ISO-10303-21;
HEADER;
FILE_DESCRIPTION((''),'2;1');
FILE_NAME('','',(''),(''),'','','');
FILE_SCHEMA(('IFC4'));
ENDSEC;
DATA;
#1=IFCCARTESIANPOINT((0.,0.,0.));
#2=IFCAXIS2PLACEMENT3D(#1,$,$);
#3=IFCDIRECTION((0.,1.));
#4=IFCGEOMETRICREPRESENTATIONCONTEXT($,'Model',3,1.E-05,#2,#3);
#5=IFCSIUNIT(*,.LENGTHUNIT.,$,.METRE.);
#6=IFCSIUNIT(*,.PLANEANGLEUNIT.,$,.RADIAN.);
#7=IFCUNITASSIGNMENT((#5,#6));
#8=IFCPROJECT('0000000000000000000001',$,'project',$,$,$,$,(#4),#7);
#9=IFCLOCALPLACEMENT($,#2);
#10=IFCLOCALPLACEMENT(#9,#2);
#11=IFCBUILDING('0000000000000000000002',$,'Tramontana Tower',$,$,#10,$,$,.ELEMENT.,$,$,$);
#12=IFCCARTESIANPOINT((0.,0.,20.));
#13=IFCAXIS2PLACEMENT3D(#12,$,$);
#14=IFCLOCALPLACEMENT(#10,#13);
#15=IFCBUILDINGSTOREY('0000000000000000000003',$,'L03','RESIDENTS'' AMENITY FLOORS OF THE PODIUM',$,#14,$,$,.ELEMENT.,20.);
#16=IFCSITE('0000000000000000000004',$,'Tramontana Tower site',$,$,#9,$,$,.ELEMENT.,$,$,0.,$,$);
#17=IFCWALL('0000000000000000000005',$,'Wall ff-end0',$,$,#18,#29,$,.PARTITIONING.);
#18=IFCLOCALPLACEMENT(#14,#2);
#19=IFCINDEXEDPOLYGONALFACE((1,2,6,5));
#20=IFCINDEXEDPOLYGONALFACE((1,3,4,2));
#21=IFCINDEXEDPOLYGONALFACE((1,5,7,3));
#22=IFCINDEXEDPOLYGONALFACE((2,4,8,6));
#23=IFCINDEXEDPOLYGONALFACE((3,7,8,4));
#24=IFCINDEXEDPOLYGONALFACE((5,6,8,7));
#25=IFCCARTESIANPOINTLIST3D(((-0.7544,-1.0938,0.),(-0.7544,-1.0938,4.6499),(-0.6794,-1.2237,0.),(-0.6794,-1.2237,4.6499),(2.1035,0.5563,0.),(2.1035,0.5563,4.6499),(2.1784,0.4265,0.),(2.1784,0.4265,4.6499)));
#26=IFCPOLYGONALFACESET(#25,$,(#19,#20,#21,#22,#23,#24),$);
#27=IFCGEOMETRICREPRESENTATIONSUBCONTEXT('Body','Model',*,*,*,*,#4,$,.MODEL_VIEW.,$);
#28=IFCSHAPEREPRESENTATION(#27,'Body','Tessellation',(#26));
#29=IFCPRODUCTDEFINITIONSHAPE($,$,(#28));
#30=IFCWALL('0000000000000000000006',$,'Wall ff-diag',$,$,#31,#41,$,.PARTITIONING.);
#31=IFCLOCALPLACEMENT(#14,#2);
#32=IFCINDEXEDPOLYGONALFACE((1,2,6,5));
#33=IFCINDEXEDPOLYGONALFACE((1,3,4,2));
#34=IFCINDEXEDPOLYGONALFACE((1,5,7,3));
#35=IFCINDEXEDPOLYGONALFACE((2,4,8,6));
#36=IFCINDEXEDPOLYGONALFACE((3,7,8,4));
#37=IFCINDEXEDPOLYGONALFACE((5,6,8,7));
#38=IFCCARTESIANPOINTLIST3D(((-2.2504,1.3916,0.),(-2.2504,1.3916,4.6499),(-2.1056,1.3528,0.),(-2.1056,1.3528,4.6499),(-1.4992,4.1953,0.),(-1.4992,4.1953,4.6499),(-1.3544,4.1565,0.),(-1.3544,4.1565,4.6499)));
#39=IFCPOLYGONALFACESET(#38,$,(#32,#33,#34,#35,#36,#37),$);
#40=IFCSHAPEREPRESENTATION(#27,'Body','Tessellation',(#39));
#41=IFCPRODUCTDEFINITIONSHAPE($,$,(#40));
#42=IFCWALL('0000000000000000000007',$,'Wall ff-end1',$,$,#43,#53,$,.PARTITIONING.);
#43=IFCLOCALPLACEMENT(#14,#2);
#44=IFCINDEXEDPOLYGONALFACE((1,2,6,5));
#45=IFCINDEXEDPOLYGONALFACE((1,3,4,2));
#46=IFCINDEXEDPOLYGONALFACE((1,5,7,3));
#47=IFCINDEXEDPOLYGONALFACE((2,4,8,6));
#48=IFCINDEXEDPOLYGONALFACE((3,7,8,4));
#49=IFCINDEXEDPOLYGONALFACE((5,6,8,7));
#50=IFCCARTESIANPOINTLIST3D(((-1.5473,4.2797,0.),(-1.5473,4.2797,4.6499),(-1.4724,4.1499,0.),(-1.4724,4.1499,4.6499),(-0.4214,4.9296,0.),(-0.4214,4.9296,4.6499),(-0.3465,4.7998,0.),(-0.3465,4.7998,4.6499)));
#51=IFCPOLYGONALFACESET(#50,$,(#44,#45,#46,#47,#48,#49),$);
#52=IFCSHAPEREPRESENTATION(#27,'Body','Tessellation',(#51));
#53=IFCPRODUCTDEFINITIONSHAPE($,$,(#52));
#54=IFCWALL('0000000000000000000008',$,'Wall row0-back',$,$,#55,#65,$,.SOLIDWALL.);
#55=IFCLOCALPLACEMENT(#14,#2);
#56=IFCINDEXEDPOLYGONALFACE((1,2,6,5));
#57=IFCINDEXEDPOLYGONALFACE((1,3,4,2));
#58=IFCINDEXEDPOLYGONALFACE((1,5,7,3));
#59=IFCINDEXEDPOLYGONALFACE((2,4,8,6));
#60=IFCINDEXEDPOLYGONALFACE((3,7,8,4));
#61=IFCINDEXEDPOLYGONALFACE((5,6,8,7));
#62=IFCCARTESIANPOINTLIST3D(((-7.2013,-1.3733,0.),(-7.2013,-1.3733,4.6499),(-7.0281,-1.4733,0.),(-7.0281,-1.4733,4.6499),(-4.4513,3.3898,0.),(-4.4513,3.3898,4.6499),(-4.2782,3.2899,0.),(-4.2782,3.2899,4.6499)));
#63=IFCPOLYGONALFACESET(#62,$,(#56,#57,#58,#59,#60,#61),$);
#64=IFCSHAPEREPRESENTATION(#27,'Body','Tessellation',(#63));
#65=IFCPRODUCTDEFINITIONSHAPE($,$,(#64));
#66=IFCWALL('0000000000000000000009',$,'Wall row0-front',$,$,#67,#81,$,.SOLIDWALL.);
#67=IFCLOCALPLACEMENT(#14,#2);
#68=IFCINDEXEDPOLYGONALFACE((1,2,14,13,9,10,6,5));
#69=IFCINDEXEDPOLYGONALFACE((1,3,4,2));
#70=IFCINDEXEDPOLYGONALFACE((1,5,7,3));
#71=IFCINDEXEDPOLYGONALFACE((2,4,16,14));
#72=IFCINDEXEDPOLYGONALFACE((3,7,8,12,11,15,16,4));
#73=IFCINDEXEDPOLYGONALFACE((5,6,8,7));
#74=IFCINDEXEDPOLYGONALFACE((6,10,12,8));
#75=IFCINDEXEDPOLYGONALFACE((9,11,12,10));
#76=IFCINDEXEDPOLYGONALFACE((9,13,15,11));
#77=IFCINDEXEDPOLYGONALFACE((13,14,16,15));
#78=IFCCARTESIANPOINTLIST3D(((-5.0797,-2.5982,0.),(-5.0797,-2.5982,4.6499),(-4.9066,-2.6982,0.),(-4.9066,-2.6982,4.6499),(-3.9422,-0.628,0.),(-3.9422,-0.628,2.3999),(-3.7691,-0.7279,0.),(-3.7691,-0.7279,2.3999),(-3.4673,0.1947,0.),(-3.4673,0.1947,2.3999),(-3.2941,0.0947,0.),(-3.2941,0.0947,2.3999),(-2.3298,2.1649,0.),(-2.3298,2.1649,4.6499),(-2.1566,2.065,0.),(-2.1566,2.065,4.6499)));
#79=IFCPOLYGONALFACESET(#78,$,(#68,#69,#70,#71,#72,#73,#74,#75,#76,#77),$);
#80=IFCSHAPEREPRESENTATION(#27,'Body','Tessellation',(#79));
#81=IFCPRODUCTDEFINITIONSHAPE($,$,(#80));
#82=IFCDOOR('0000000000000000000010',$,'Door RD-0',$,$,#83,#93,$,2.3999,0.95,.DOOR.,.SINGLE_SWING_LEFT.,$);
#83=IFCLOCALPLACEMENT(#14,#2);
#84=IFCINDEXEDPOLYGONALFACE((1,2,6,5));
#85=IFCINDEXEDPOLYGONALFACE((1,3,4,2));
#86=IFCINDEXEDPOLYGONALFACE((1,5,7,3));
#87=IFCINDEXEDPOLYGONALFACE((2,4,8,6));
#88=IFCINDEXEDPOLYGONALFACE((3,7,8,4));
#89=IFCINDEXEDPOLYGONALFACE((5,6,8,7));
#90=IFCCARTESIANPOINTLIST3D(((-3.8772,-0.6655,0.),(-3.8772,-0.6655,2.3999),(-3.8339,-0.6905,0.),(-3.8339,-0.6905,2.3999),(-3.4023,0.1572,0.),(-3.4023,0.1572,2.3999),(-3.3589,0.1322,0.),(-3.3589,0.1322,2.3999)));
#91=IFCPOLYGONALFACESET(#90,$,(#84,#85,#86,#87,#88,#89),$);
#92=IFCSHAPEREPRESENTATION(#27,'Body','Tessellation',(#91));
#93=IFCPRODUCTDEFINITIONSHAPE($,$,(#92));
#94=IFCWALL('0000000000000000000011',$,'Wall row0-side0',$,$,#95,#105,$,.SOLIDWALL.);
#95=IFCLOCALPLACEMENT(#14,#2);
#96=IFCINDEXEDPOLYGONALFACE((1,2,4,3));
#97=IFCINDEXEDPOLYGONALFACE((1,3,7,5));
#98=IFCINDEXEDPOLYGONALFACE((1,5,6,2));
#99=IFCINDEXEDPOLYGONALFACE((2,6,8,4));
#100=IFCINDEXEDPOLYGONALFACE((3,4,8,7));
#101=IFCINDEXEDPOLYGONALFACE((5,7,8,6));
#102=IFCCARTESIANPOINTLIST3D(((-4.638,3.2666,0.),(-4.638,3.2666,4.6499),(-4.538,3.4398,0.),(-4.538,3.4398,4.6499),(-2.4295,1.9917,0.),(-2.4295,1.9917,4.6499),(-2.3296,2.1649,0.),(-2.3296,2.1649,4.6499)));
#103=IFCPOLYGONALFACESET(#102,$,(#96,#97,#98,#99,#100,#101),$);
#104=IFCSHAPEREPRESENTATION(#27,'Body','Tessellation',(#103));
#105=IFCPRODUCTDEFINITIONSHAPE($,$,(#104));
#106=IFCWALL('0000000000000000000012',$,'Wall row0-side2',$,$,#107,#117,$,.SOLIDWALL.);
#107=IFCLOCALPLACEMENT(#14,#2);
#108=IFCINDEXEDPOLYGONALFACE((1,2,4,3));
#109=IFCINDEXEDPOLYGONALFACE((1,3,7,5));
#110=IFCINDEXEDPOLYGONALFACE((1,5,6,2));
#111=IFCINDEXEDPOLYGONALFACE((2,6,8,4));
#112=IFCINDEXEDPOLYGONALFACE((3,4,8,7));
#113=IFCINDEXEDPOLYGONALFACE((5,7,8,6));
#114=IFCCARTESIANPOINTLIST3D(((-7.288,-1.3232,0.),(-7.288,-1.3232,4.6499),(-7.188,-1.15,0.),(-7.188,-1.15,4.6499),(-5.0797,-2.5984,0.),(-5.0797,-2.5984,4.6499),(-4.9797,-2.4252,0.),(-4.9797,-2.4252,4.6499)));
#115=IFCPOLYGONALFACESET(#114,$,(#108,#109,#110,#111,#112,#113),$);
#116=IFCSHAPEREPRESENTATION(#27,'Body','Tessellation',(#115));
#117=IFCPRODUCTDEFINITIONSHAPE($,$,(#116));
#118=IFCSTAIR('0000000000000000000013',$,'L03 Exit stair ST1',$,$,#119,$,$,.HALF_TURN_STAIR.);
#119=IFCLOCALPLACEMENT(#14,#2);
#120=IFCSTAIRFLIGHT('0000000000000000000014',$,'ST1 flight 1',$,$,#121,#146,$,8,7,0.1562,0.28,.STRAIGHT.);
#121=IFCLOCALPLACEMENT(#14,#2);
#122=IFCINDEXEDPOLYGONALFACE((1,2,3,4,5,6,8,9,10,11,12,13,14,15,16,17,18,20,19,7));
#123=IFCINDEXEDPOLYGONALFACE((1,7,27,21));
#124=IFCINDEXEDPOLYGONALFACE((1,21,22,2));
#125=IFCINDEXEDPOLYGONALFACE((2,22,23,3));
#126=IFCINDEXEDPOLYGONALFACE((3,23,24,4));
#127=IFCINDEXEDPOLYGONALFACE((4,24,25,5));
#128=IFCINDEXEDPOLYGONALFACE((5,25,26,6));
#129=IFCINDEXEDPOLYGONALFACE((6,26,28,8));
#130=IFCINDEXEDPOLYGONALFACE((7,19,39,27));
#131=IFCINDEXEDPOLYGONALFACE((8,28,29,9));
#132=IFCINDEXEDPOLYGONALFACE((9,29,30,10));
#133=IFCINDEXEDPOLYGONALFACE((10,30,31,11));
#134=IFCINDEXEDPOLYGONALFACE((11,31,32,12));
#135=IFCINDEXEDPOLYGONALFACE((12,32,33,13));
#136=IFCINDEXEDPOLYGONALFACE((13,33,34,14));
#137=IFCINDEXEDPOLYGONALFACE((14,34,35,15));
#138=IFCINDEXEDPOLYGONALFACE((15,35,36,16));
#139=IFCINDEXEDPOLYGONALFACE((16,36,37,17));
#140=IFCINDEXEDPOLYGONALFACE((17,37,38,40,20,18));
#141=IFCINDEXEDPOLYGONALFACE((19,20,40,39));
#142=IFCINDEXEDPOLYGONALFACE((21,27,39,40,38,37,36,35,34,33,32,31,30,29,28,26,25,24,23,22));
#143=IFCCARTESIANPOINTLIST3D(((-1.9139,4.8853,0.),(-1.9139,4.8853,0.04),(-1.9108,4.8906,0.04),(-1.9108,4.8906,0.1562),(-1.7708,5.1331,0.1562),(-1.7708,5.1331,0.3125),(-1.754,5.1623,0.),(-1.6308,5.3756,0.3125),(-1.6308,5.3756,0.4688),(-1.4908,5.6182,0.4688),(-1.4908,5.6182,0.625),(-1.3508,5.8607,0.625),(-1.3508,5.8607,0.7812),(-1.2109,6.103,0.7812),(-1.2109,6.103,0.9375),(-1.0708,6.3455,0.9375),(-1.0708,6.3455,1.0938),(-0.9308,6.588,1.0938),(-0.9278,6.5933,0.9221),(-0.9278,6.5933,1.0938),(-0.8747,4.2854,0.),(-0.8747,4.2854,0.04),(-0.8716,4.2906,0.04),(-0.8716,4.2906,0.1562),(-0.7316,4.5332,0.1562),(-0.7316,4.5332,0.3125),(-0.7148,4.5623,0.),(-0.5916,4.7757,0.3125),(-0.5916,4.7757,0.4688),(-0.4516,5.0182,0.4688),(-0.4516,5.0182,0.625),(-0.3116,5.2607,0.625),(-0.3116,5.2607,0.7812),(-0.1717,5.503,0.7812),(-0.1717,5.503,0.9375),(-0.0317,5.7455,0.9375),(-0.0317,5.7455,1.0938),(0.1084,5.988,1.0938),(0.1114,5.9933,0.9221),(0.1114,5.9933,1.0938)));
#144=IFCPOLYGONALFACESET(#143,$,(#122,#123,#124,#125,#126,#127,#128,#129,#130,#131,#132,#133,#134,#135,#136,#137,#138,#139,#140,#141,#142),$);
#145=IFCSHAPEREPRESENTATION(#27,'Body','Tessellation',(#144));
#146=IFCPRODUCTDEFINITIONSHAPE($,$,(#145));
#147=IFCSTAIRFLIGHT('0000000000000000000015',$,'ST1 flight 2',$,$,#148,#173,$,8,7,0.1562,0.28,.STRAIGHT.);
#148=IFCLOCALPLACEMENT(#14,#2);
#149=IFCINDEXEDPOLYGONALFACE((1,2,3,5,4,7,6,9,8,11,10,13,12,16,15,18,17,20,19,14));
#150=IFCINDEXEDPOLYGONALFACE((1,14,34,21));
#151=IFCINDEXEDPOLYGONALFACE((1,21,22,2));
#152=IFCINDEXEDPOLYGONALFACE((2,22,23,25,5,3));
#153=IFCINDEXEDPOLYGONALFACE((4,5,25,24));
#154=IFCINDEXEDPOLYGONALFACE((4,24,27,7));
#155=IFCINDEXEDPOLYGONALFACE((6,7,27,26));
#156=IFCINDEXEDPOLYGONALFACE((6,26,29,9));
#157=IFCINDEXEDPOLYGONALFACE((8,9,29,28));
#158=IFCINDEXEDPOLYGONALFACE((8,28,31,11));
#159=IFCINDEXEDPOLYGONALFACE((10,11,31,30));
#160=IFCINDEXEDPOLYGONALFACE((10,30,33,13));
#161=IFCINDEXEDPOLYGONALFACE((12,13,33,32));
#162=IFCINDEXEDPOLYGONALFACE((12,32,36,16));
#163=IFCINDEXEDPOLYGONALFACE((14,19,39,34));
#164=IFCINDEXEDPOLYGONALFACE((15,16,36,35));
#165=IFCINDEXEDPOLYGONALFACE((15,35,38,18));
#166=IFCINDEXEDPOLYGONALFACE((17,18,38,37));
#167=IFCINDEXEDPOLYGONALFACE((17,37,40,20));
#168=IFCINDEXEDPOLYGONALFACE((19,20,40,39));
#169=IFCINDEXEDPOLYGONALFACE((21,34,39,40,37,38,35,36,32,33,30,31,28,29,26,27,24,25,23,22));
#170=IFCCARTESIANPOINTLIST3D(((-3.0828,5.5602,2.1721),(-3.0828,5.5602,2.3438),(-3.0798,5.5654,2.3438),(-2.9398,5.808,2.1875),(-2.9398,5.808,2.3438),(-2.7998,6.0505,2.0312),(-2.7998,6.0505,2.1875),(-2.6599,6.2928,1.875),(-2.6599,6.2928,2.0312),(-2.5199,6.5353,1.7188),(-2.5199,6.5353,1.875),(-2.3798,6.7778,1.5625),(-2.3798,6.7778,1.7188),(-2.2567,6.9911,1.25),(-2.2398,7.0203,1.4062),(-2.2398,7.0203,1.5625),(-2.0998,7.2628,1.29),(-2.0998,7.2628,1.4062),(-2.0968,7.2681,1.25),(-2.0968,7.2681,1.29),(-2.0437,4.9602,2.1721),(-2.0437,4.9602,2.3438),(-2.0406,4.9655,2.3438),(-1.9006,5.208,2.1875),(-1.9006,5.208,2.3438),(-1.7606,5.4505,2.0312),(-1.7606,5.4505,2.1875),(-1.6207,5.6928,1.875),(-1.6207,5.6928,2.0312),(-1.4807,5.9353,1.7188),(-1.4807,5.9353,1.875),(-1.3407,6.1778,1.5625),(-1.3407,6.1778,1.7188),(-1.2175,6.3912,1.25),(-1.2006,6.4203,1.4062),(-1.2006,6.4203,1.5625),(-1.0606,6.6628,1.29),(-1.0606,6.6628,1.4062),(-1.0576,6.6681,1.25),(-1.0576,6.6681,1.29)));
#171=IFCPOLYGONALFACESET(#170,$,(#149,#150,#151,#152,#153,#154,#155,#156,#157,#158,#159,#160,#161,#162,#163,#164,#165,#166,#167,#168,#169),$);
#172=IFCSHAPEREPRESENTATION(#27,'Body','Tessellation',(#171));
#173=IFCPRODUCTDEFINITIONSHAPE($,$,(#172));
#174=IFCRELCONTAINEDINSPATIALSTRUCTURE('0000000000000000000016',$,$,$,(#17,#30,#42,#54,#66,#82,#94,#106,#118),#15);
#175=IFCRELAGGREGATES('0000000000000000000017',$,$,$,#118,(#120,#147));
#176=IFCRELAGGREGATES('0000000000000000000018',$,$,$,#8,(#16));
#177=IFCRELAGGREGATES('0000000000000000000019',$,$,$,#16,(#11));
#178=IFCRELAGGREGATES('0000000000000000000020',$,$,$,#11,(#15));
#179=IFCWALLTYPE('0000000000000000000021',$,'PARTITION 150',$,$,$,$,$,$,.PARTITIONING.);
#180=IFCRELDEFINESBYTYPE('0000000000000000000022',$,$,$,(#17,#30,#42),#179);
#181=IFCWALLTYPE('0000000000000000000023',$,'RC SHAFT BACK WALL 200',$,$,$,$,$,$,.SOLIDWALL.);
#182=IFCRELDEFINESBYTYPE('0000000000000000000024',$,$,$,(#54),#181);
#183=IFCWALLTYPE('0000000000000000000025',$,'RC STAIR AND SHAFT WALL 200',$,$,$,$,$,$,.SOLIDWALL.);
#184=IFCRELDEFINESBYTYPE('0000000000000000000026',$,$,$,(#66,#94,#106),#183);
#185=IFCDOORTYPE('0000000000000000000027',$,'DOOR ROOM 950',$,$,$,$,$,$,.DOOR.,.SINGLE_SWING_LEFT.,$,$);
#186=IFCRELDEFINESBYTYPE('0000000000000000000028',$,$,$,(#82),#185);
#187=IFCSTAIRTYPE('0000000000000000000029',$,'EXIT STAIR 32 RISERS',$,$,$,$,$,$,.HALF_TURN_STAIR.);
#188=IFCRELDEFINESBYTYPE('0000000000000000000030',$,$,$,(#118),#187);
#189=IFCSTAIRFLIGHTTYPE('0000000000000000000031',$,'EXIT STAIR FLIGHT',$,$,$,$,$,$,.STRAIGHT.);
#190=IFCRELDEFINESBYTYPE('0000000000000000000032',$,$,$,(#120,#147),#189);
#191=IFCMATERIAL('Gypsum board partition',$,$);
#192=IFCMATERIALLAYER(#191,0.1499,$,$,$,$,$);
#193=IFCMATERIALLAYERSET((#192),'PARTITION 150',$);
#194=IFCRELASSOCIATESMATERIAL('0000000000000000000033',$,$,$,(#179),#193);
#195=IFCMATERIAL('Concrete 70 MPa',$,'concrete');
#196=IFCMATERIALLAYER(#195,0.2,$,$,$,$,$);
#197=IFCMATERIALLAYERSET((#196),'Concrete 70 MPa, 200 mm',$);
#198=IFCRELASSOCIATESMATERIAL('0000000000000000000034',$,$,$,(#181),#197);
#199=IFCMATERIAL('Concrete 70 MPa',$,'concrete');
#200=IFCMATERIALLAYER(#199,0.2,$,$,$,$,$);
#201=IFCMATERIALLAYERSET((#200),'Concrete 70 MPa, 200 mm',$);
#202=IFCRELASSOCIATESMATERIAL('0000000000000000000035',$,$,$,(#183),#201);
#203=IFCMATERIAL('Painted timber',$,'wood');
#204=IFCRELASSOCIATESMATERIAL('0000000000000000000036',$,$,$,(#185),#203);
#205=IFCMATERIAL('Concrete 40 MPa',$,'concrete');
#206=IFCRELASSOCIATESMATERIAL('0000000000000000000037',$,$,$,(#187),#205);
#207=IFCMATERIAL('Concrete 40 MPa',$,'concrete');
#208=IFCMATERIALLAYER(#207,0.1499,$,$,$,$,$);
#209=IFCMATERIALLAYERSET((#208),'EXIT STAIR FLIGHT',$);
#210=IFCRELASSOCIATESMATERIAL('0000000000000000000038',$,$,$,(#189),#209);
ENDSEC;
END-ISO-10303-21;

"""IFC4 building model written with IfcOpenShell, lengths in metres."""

from ifc_helpers import new_model, si_unit, direction, frame, frame_2d, origin, place, context, subcontext, project, spatial, polyline, rectangle, outline, extrude, material, layer, layer_set, type_object, element, fill, aggregate, save


model = new_model("IFC4")

# Units and contexts
model_context = context("Model", 3, precision=1e-05, world=origin(), true_north=direction((0.0, 1.0)))
body_context = subcontext(model_context, "Body", "Model", "MODEL_VIEW")
ifc_project = project(units=[si_unit("LENGTHUNIT", "METRE"), si_unit("PLANEANGLEUNIT", "RADIAN")], contexts=[model_context])

# Site, building, storey
site_placement = place(None, origin())
site = spatial("IfcSite", under=ifc_project, at=site_placement, Name="Tramontana Tower site", CompositionType="ELEMENT", RefElevation=0.0)
building_placement = place(site_placement, origin())
building = spatial("IfcBuilding", under=site, at=building_placement, Name="Tramontana Tower", CompositionType="ELEMENT")
storey_placement = place(building_placement, frame((0.0, 0.0, 20.0)))
storey = spatial("IfcBuildingStorey", under=building, at=storey_placement, Name="L03", Description="RESIDENTS' AMENITY FLOORS OF THE PODIUM", CompositionType="ELEMENT", Elevation=20.0)

# Shared definitions
ifc_material_1 = material(Name="Gypsum board partition")
ifc_layer_1 = layer(ifc_material_1, 0.1499)
ifc_layer_set_1 = layer_set([ifc_layer_1], Name="PARTITION 150")
wall_type_1 = type_object("IfcWallType", Name="PARTITION 150", PredefinedType="PARTITIONING", material=ifc_layer_set_1)

# Walls
wall_1_placement = place(storey_placement, frame((-0.7168, -1.1587, 0.0), z_axis=(0.0, 0.0, 1.0), x_axis=(0.866008, 0.50003, 0.0)))
element("IfcWall", 1, at=wall_1_placement, inside=storey, type_object=wall_type_1, Name="Wall ff-end0", PredefinedType="PARTITIONING", context=body_context, shape_type="SweptSolid", body=[
    extrude(rectangle(XDim=3.3, YDim=0.1499, at=frame_2d((1.6499, 0.0))), origin(), (0.0, 0.0, 1.0), 4.6499),
])
wall_2_placement = place(storey_placement, frame((-2.178, 1.3723, 0.0), z_axis=(0.0, 0.0, 1.0), x_axis=(0.258809, 0.965929, 0.0)))
element("IfcWall", 2, at=wall_2_placement, inside=storey, type_object=wall_type_1, Name="Wall ff-diag", PredefinedType="PARTITIONING", context=body_context, shape_type="SweptSolid", body=[
    extrude(rectangle(XDim=2.9026, YDim=0.1499, at=frame_2d((1.4512, 0.0))), origin(), (0.0, 0.0, 1.0), 4.6499),
])
wall_3_placement = place(storey_placement, frame((-1.5098, 4.2148, 0.0), z_axis=(0.0, 0.0, 1.0), x_axis=(0.866086, 0.499896, 0.0)))
element("IfcWall", 3, at=wall_3_placement, inside=storey, type_object=wall_type_1, Name="Wall ff-end1", PredefinedType="PARTITIONING", context=body_context, shape_type="SweptSolid", body=[
    extrude(rectangle(XDim=1.3, YDim=0.1499, at=frame_2d((0.6499, 0.0))), origin(), (0.0, 0.0, 1.0), 4.6499),
])
ifc_material_2 = material(Name="Concrete 70 MPa", Category="concrete")
ifc_layer_2 = layer(ifc_material_2, 0.2)
ifc_layer_set_2 = layer_set([ifc_layer_2], Name="Concrete 70 MPa, 200 mm")
wall_type_2 = type_object("IfcWallType", Name="RC SHAFT BACK WALL 200", PredefinedType="SOLIDWALL", material=ifc_layer_set_2)
wall_4_placement = place(storey_placement, frame((-4.3647, 3.3398, 0.0), z_axis=(0.0, 0.0, 1.0), x_axis=(-0.499997, -0.866027, 0.0)))
element("IfcWall", 4, at=wall_4_placement, inside=storey, type_object=wall_type_2, Name="Wall row0-back", PredefinedType="SOLIDWALL", context=body_context, shape_type="SweptSolid", body=[
    extrude(rectangle(XDim=5.5, YDim=0.2, at=frame_2d((2.75, 0.0))), origin(), (0.0, 0.0, 1.0), 4.6499),
])

# Wall, opening, door
ifc_material_3 = material(Name="Concrete 70 MPa", Category="concrete")
ifc_layer_3 = layer(ifc_material_3, 0.2)
ifc_layer_set_3 = layer_set([ifc_layer_3], Name="Concrete 70 MPa, 200 mm")
wall_type_3 = type_object("IfcWallType", Name="RC STAIR AND SHAFT WALL 200", PredefinedType="SOLIDWALL", material=ifc_layer_set_3)
wall_5_placement = place(storey_placement, frame((-4.9932, -2.6482, 0.0), z_axis=(0.0, 0.0, 1.0), x_axis=(0.499997, 0.866027, 0.0)))
wall_5 = element("IfcWall", 5, at=wall_5_placement, inside=storey, type_object=wall_type_3, Name="Wall row0-front", PredefinedType="SOLIDWALL", context=body_context, shape_type="SweptSolid", body=[
    extrude(rectangle(XDim=5.5, YDim=0.2, at=frame_2d((2.75, 0.0))), origin(), (0.0, 0.0, 1.0), 4.6499),
])
opening_1_placement = place(wall_5_placement, frame((2.2749, 0.0, 0.0)))
opening_1 = element("IfcOpeningElement", 6, at=opening_1_placement, cuts=wall_5, PredefinedType="OPENING", context=body_context, shape_type="SweptSolid", body=[
    extrude(rectangle(XDim=0.95, YDim=2.3999, at=frame_2d((0.4751, 1.2))), frame((0.0, 0.1099, 0.0), z_axis=(0.0, -1.0, 0.0), x_axis=(1.0, 0.0, 0.0)), (0.0, 0.0, 1.0), 0.22),
])
ifc_material_4 = material(Name="Painted timber", Category="wood")
door_type_1 = type_object("IfcDoorType", Name="DOOR ROOM 950", OperationType="SINGLE_SWING_LEFT", PredefinedType="DOOR", material=ifc_material_4)
door_1_placement = place(opening_1_placement, origin())
door_1 = element("IfcDoor", 7, at=door_1_placement, inside=storey, type_object=door_type_1, Name="Door RD-0", OperationType="SINGLE_SWING_LEFT", OverallHeight=2.3999, OverallWidth=0.95, PredefinedType="DOOR", context=body_context, shape_type="SweptSolid", body=[
    extrude(rectangle(XDim=0.95, YDim=2.3999, at=frame_2d((0.4751, 1.2))), frame((0.0, 0.0249, 0.0), z_axis=(0.0, -1.0, 0.0), x_axis=(1.0, 0.0, 0.0)), (0.0, 0.0, 1.0), 0.05),
])
fill(opening_1, door_1)

# Walls
for number, where, z_axis, x_axis, name in (
    (8, (-2.3796, 2.0784, 0.0), (0.0, 0.0, 1.0), (-0.866055, 0.499949, 0.0), "Wall row0-side0"),
    (9, (-5.0298, -2.5117, 0.0), (0.0, 0.0, 1.0), (-0.865989, 0.500062, 0.0), "Wall row0-side2"),
):
    element("IfcWall", number, at=place(storey_placement, frame(where, z_axis=z_axis, x_axis=x_axis)), inside=storey, type_object=wall_type_3, Name=name, PredefinedType="SOLIDWALL", context=body_context, shape_type="SweptSolid", body=[
        extrude(rectangle(XDim=2.55, YDim=0.2, at=frame_2d((1.2749, 0.0))), origin(), (0.0, 0.0, 1.0), 4.6499),
    ])

# Stair, stair flights
ifc_material_5 = material(Name="Concrete 40 MPa", Category="concrete")
stair_type = type_object("IfcStairType", Name="EXIT STAIR 32 RISERS", PredefinedType="HALF_TURN_STAIR", material=ifc_material_5)
stair_placement = place(storey_placement, origin())
stair = element("IfcStair", 10, at=stair_placement, inside=storey, type_object=stair_type, Name="L03 Exit stair ST1", PredefinedType="HALF_TURN_STAIR")
ifc_material_6 = material(Name="Concrete 40 MPa", Category="concrete")
ifc_layer_4 = layer(ifc_material_6, 0.1499)
ifc_layer_set_4 = layer_set([ifc_layer_4], Name="EXIT STAIR FLIGHT")
stair_flight_type = type_object("IfcStairFlightType", Name="EXIT STAIR FLIGHT", PredefinedType="STRAIGHT", material=ifc_layer_set_4)
stair_flight_1_placement = place(storey_placement, frame((-1.3911, 4.5906, 0.0), z_axis=(0.0, 0.0, 1.0), x_axis=(0.5, 0.866025, 0.0)))
stair_flight_1 = element("IfcStairFlight", 11, at=stair_flight_1_placement, type_object=stair_flight_type, Name="ST1 flight 1", NumberOfRisers=8, NumberOfTreads=7, PredefinedType="STRAIGHT", RiserHeight=0.1562, TreadLength=0.28, context=body_context, shape_type="SweptSolid", body=[
    extrude(outline(polyline([(-0.0061, 0.0), (-0.0061, 0.04), (0.0, 0.04), (0.0, 0.1562), (0.28, 0.1562), (0.28, 0.3125), (0.5601, 0.3125), (0.5601, 0.4688), (0.8401, 0.4688), (0.8401, 0.625), (1.1201, 0.625), (1.1201, 0.7812), (1.3999, 0.7812), (1.3999, 0.9375), (1.6799, 0.9375), (1.6799, 1.0938), (1.96, 1.0938), (1.9661, 1.0938), (1.9661, 0.9221), (0.3137, 0.0), (-0.0061, 0.0)])), frame((0.0, 0.6001, 0.0), z_axis=(0.0, -1.0, 0.0), x_axis=(1.0, 0.0, 0.0)), (0.0, 0.0, 1.0), 1.2),
])
stair_flight_2_placement = place(storey_placement, frame((-1.5803, 6.9629, 1.25), z_axis=(0.0, 0.0, 1.0), x_axis=(-0.5, -0.866025, 0.0)))
stair_flight_2 = element("IfcStairFlight", 12, at=stair_flight_2_placement, type_object=stair_flight_type, Name="ST1 flight 2", NumberOfRisers=8, NumberOfTreads=7, PredefinedType="STRAIGHT", RiserHeight=0.1562, TreadLength=0.28, context=body_context, shape_type="SweptSolid", body=[
    extrude(outline(polyline([(-0.0061, 0.0), (-0.0061, 0.04), (0.0, 0.04), (0.0, 0.1562), (0.28, 0.1562), (0.28, 0.3125), (0.5601, 0.3125), (0.5601, 0.4688), (0.8401, 0.4688), (0.8401, 0.625), (1.1201, 0.625), (1.1201, 0.7812), (1.3999, 0.7812), (1.3999, 0.9375), (1.6799, 0.9375), (1.6799, 1.0938), (1.96, 1.0938), (1.9661, 1.0938), (1.9661, 0.9221), (0.3137, 0.0), (-0.0061, 0.0)])), frame((0.0, 0.6001, 0.0), z_axis=(0.0, -1.0, 0.0), x_axis=(1.0, 0.0, 0.0)), (0.0, 0.0, 1.0), 1.2),
])
aggregate(stair, [stair_flight_1, stair_flight_2])

save(model, "model.ifc")
